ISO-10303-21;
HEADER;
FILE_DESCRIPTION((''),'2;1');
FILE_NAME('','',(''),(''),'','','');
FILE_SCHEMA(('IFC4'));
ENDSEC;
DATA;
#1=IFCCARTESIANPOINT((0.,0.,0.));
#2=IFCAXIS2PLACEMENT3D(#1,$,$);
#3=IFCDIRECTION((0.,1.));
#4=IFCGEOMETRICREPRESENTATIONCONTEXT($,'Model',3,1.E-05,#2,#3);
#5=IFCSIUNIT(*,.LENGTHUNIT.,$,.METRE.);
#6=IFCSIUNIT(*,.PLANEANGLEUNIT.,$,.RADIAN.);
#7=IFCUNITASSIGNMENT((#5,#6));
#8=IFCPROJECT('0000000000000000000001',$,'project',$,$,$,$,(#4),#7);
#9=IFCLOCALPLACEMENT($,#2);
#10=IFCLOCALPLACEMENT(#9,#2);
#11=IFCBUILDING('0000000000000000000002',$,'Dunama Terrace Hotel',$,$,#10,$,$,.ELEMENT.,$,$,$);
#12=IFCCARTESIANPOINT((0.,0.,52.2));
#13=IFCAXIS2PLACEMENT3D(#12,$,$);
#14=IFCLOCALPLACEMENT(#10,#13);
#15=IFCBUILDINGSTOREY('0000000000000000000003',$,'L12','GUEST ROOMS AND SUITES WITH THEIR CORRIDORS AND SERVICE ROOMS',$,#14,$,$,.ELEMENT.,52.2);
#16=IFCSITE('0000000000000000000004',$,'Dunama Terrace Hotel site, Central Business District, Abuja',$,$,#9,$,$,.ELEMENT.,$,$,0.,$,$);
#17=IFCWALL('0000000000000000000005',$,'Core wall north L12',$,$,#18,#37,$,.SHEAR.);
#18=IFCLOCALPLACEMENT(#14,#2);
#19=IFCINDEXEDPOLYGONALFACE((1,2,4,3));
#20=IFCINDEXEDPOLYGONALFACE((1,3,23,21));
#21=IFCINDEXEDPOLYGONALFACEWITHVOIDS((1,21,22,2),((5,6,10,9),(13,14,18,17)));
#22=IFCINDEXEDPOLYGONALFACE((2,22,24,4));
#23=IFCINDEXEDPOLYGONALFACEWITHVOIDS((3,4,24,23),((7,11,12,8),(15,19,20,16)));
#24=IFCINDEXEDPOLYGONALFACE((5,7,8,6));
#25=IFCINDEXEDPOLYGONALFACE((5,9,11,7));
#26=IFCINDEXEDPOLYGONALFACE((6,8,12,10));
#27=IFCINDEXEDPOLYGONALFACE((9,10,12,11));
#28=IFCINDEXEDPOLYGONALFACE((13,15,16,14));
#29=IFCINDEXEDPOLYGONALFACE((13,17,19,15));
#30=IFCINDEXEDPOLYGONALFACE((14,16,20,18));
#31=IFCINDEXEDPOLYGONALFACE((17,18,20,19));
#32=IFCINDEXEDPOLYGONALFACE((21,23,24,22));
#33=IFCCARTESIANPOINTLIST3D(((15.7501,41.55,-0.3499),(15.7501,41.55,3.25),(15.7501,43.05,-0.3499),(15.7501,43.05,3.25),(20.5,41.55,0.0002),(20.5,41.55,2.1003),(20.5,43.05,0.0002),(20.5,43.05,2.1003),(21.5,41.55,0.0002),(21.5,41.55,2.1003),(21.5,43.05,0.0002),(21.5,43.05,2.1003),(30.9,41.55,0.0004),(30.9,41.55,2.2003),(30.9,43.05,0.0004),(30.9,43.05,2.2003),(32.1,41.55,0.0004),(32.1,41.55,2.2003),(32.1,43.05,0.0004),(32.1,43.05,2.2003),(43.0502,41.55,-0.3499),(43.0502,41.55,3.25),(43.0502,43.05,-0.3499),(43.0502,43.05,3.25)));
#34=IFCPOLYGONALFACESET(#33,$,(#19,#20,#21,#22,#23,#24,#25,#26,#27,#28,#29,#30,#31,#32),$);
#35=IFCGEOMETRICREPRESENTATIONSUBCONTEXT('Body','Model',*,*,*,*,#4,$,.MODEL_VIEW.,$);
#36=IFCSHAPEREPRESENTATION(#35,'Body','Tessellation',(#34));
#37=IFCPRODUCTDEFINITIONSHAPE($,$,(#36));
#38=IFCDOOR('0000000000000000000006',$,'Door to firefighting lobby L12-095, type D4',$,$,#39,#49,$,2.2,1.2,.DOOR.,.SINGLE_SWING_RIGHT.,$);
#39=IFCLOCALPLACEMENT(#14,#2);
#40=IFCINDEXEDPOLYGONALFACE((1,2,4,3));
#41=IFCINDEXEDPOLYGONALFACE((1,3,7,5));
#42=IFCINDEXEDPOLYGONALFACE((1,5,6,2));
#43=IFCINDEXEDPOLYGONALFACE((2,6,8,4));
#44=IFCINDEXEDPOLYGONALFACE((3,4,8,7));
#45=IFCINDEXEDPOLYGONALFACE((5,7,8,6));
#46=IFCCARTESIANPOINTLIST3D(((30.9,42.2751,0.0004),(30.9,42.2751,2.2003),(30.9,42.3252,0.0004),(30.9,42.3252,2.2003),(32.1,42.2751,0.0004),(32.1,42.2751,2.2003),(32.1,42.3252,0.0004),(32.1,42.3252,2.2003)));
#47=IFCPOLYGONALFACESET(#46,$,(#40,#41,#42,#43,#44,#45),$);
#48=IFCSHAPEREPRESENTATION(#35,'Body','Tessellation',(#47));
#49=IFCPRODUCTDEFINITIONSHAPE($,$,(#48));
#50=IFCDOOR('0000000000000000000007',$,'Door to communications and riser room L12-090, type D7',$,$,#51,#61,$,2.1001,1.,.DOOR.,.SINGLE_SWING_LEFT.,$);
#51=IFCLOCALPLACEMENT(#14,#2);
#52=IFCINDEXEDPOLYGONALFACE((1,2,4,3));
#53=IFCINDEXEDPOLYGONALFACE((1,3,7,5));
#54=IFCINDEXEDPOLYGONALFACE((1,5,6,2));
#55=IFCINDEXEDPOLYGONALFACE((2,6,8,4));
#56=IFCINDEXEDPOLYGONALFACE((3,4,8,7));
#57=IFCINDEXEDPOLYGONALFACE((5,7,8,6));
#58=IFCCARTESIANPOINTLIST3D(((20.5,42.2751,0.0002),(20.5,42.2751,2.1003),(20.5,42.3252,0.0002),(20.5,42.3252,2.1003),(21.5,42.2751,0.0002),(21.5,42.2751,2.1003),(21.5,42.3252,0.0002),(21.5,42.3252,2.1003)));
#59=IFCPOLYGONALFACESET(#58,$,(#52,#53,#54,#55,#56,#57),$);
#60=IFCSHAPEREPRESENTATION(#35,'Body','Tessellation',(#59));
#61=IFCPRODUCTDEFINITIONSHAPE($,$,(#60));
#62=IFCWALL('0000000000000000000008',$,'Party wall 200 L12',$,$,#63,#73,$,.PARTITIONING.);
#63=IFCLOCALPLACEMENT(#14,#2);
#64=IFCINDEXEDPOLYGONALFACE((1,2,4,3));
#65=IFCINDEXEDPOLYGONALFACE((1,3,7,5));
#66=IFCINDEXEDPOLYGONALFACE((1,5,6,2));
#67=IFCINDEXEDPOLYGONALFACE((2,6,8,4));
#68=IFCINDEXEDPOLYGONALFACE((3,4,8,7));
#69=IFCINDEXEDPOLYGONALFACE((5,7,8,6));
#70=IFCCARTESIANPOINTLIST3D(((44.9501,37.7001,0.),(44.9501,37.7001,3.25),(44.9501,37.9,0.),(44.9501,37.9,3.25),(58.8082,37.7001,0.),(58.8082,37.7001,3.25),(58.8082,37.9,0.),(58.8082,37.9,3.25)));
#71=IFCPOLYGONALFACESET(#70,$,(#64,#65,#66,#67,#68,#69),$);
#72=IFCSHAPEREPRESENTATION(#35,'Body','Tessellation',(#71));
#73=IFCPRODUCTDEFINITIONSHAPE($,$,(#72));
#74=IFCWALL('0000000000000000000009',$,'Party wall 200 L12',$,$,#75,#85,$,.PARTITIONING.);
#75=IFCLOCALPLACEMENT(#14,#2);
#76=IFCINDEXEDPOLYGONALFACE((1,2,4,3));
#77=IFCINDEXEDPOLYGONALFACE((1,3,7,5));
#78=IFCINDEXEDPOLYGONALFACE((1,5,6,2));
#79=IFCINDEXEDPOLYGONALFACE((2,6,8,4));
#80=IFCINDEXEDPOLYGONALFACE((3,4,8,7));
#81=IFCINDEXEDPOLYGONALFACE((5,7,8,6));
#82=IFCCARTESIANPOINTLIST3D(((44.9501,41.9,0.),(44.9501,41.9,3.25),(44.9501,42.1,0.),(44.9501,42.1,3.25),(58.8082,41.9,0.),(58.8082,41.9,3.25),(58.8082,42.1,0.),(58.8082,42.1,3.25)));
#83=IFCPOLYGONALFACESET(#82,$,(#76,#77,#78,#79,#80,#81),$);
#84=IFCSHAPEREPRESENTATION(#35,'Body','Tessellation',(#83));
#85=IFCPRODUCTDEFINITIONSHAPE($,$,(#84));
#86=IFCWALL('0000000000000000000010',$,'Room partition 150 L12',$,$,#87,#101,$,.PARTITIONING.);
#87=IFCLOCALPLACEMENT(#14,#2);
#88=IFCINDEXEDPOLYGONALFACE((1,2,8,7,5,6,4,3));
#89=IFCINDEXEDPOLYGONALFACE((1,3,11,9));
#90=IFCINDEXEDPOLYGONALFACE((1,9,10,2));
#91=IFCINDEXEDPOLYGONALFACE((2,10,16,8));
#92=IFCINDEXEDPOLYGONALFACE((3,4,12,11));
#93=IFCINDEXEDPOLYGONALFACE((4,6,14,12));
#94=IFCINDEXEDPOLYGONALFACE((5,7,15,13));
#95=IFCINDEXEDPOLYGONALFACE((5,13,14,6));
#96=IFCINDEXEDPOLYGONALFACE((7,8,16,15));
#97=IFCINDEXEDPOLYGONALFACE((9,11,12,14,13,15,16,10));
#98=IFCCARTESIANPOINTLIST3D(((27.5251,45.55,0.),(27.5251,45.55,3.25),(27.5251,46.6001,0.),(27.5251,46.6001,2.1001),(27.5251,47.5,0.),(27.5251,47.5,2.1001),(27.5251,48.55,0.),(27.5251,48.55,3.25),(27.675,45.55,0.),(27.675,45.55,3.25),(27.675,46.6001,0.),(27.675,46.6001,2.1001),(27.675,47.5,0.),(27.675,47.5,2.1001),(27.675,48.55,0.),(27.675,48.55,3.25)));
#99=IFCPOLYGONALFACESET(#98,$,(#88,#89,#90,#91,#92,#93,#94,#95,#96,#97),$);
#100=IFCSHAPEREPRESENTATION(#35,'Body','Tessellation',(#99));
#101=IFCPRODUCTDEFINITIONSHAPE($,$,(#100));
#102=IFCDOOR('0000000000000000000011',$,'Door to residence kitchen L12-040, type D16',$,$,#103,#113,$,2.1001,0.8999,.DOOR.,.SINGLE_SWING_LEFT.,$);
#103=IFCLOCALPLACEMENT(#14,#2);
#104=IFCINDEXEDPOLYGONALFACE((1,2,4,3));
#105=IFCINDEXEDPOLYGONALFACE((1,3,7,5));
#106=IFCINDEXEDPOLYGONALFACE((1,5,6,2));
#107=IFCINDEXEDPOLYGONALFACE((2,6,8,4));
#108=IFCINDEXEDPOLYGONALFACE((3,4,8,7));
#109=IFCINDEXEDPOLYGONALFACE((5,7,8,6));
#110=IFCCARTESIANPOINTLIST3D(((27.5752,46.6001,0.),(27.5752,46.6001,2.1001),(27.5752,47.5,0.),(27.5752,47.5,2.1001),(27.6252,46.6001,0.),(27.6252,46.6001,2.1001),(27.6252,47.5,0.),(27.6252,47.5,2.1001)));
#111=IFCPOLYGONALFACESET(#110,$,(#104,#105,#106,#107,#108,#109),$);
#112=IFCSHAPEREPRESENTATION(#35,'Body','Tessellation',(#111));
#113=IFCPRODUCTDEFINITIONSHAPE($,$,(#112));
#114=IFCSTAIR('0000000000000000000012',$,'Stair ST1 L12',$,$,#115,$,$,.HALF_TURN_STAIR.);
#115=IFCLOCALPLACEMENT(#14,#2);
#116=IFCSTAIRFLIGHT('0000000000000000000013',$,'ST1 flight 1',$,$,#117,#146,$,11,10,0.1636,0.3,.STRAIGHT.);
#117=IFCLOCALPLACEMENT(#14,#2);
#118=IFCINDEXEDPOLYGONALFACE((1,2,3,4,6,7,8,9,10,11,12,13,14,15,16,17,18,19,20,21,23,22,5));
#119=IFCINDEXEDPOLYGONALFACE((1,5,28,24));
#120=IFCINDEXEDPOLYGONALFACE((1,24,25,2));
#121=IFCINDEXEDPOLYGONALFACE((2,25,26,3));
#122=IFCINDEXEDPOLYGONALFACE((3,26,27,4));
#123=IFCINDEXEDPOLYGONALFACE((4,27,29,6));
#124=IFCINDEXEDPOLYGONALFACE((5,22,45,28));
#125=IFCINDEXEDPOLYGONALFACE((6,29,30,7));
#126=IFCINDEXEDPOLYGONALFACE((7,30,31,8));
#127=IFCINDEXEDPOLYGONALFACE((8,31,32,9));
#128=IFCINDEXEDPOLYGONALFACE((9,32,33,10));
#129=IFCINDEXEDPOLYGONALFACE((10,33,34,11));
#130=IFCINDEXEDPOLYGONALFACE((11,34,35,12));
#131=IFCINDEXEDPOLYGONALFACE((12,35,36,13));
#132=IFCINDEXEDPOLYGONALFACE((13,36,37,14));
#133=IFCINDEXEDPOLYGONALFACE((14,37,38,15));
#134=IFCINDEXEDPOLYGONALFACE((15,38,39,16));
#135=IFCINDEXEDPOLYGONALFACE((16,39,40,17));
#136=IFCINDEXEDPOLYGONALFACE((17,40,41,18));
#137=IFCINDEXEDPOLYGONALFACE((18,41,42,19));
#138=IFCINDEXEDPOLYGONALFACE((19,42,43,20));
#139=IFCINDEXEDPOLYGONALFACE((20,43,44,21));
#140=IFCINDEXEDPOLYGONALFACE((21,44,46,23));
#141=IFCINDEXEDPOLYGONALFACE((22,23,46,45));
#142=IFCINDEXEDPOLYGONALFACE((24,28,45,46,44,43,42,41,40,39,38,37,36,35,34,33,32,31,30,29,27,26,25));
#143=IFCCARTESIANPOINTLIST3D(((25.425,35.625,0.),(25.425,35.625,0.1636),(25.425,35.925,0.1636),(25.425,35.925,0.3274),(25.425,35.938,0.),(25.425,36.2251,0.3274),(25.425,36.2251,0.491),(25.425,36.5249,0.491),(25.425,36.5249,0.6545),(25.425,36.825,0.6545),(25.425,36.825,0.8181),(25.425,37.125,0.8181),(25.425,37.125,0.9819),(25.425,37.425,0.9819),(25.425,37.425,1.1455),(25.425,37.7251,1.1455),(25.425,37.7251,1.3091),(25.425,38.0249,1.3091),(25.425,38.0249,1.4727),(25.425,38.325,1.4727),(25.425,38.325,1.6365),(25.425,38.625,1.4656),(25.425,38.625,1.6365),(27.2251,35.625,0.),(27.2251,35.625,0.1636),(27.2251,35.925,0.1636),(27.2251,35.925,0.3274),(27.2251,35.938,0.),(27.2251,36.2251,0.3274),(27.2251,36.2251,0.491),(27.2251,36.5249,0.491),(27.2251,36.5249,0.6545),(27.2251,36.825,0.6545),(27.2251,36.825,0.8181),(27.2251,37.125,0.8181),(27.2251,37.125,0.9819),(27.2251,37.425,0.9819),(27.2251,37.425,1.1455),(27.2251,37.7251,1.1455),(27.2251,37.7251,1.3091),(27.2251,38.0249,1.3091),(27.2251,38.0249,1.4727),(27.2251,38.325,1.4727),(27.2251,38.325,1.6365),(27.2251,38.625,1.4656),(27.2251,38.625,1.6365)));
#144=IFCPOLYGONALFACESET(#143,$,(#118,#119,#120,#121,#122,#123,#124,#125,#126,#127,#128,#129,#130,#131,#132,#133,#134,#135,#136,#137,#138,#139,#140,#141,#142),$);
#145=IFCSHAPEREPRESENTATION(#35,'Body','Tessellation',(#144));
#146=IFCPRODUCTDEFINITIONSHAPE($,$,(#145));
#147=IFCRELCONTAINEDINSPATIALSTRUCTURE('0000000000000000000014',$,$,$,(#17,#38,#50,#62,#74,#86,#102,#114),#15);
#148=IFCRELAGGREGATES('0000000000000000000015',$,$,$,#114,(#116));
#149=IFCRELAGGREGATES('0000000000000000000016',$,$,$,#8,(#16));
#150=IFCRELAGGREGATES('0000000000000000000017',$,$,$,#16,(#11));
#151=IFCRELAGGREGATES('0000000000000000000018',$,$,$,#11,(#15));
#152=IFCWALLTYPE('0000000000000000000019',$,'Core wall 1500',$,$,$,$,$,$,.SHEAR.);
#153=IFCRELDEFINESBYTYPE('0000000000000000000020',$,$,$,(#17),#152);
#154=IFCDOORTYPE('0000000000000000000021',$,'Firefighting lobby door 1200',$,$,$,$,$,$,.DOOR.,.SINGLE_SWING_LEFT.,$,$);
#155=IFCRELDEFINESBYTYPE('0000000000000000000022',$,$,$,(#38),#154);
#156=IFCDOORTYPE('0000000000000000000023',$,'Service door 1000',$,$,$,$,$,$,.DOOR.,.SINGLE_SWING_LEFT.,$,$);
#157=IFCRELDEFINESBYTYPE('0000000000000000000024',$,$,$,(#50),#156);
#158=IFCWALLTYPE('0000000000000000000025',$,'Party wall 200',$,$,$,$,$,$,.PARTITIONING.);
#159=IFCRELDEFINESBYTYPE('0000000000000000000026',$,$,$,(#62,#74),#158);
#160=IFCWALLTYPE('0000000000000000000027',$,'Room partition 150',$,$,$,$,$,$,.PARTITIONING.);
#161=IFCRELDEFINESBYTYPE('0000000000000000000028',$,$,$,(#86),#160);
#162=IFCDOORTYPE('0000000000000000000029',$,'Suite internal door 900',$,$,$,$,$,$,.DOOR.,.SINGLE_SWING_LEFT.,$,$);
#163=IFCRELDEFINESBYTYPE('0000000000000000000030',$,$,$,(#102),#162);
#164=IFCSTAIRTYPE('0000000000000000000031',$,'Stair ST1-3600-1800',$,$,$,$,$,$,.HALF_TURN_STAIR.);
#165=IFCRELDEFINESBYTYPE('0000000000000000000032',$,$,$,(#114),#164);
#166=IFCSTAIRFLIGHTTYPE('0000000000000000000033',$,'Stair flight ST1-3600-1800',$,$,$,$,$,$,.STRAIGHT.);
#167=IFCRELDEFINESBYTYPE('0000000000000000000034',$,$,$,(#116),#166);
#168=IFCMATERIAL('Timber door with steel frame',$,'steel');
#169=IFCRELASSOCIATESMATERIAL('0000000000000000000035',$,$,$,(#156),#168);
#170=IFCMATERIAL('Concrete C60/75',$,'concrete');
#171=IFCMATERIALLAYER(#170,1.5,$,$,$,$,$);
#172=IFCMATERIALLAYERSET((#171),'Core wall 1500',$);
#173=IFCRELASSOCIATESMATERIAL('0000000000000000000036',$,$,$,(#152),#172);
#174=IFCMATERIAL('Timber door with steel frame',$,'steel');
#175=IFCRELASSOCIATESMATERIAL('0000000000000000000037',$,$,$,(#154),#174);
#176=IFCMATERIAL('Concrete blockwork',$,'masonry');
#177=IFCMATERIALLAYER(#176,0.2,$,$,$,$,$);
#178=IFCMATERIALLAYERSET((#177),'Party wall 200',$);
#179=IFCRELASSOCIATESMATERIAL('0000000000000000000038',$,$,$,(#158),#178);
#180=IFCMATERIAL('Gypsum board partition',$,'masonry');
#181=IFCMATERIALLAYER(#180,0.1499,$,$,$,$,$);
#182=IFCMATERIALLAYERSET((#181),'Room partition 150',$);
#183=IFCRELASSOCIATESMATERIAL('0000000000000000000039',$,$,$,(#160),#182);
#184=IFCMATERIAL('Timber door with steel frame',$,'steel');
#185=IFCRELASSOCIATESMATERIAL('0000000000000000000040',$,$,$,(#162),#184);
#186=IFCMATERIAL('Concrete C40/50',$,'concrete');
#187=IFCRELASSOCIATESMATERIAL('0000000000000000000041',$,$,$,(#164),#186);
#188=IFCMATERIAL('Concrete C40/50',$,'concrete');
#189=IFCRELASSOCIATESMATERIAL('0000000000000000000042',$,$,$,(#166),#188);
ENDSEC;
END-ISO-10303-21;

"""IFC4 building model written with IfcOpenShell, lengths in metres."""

from ifc_helpers import new_model, si_unit, direction, frame, frame_2d, origin, place, context, subcontext, project, spatial, polyline, rectangle, outline, extrude, material, layer, layer_set, type_object, element, fill, aggregate, save


model = new_model("IFC4")

# Units and contexts
model_context = context("Model", 3, precision=1e-05, world=origin(), true_north=direction((0.0, 1.0)))
body_context = subcontext(model_context, "Body", "Model", "MODEL_VIEW")
ifc_project = project(units=[si_unit("LENGTHUNIT", "METRE"), si_unit("PLANEANGLEUNIT", "RADIAN")], contexts=[model_context])

# Site, building, storey
site_placement = place(None, origin())
site = spatial("IfcSite", under=ifc_project, at=site_placement, Name="Dunama Terrace Hotel site, Central Business District, Abuja", CompositionType="ELEMENT", RefElevation=0.0)
building_placement = place(site_placement, origin())
building = spatial("IfcBuilding", under=site, at=building_placement, Name="Dunama Terrace Hotel", CompositionType="ELEMENT")
storey_placement = place(building_placement, frame((0.0, 0.0, 52.2)))
storey = spatial("IfcBuildingStorey", under=building, at=storey_placement, Name="L12", Description="GUEST ROOMS AND SUITES WITH THEIR CORRIDORS AND SERVICE ROOMS", CompositionType="ELEMENT", Elevation=52.2)

# Shared definitions
ifc_material_1 = material(Name="Timber door with steel frame", Category="steel")
door_type_1 = type_object("IfcDoorType", Name="Service door 1000", OperationType="SINGLE_SWING_LEFT", PredefinedType="DOOR", material=ifc_material_1)

# Wall, openings, doors
ifc_material_2 = material(Name="Concrete C60/75", Category="concrete")
ifc_layer_1 = layer(ifc_material_2, 1.5)
ifc_layer_set_1 = layer_set([ifc_layer_1], Name="Core wall 1500")
wall_type_1 = type_object("IfcWallType", Name="Core wall 1500", PredefinedType="SHEAR", material=ifc_layer_set_1)
wall_1_placement = place(storey_placement, frame((43.05, 42.3, -0.3499), z_axis=(0.0, 0.0, 1.0), x_axis=(-1.0, 0.0, 0.0)))
wall_1 = element("IfcWall", 1, at=wall_1_placement, inside=storey, type_object=wall_type_1, Name="Core wall north L12", PredefinedType="SHEAR", context=body_context, shape_type="SweptSolid", body=[
    extrude(rectangle(XDim=27.3, YDim=1.5, at=frame_2d((13.6499, 0.0))), origin(), (0.0, 0.0, 1.0), 3.5999),
])
opening_1_placement = place(wall_1_placement, frame((21.55, 0.0, 0.3501)))
opening_1 = element("IfcOpeningElement", 2, at=opening_1_placement, cuts=wall_1, PredefinedType="OPENING", context=body_context, shape_type="SweptSolid", body=[
    extrude(rectangle(XDim=1.0, YDim=2.1001, at=frame_2d((0.5, 1.05))), frame((0.0, 0.76, 0.0), z_axis=(0.0, -1.0, 0.0), x_axis=(1.0, 0.0, 0.0)), (0.0, 0.0, 1.0), 1.52),
])
opening_2_placement = place(wall_1_placement, frame((10.95, 0.0, 0.3501)))
opening_2 = element("IfcOpeningElement", 3, at=opening_2_placement, cuts=wall_1, PredefinedType="OPENING", context=body_context, shape_type="SweptSolid", body=[
    extrude(rectangle(XDim=1.2, YDim=2.2, at=frame_2d((0.6001, 1.1001))), frame((0.0, 0.76, 0.0), z_axis=(0.0, -1.0, 0.0), x_axis=(1.0, 0.0, 0.0)), (0.0, 0.0, 1.0), 1.52),
])
ifc_material_3 = material(Name="Timber door with steel frame", Category="steel")
door_type_2 = type_object("IfcDoorType", Name="Firefighting lobby door 1200", OperationType="SINGLE_SWING_LEFT", PredefinedType="DOOR", material=ifc_material_3)
door_1_placement = place(opening_2_placement, origin())
door_1 = element("IfcDoor", 4, at=door_1_placement, inside=storey, type_object=door_type_2, Name="Door to firefighting lobby L12-095, type D4", OperationType="SINGLE_SWING_RIGHT", OverallHeight=2.2, OverallWidth=1.2, PredefinedType="DOOR", context=body_context, shape_type="SweptSolid", body=[
    extrude(rectangle(XDim=1.2, YDim=2.2, at=frame_2d((0.6001, 1.1001))), frame((0.0, 0.0249, 0.0), z_axis=(0.0, -1.0, 0.0), x_axis=(1.0, 0.0, 0.0)), (0.0, 0.0, 1.0), 0.05),
])
fill(opening_2, door_1)
door_2_placement = place(opening_1_placement, origin())
door_2 = element("IfcDoor", 5, at=door_2_placement, inside=storey, type_object=door_type_1, Name="Door to communications and riser room L12-090, type D7", OperationType="SINGLE_SWING_LEFT", OverallHeight=2.1001, OverallWidth=1.0, PredefinedType="DOOR", context=body_context, shape_type="SweptSolid", body=[
    extrude(rectangle(XDim=1.0, YDim=2.1001, at=frame_2d((0.5, 1.05))), frame((0.0, 0.0249, 0.0), z_axis=(0.0, -1.0, 0.0), x_axis=(1.0, 0.0, 0.0)), (0.0, 0.0, 1.0), 0.05),
])
fill(opening_1, door_2)

# Walls
ifc_material_4 = material(Name="Concrete blockwork", Category="masonry")
ifc_layer_2 = layer(ifc_material_4, 0.2)
ifc_layer_set_2 = layer_set([ifc_layer_2], Name="Party wall 200")
wall_type_2 = type_object("IfcWallType", Name="Party wall 200", PredefinedType="PARTITIONING", material=ifc_layer_set_2)
for number, where, z_axis, x_axis, name in (
    (6, (44.95, 37.8, 0.0), (0.0, 0.0, 1.0), (1.0, 0.0, 0.0), "Party wall 200 L12"),
    (7, (44.95, 42.0, 0.0), (0.0, 0.0, 1.0), (1.0, 0.0, 0.0), "Party wall 200 L12"),
):
    element("IfcWall", number, at=place(storey_placement, frame(where, z_axis=z_axis, x_axis=x_axis)), inside=storey, type_object=wall_type_2, Name=name, PredefinedType="PARTITIONING", context=body_context, shape_type="SweptSolid", body=[
        extrude(rectangle(XDim=13.8582, YDim=0.2, at=frame_2d((6.9292, 0.0))), origin(), (0.0, 0.0, 1.0), 3.25),
    ])

# Wall, opening, door
ifc_material_5 = material(Name="Gypsum board partition", Category="masonry")
ifc_layer_3 = layer(ifc_material_5, 0.1499)
ifc_layer_set_3 = layer_set([ifc_layer_3], Name="Room partition 150")
wall_type_3 = type_object("IfcWallType", Name="Room partition 150", PredefinedType="PARTITIONING", material=ifc_layer_set_3)
wall_2_placement = place(storey_placement, frame((27.6001, 45.55, 0.0), z_axis=(0.0, 0.0, 1.0), x_axis=(0.0, 1.0, 0.0)))
wall_2 = element("IfcWall", 8, at=wall_2_placement, inside=storey, type_object=wall_type_3, Name="Room partition 150 L12", PredefinedType="PARTITIONING", context=body_context, shape_type="SweptSolid", body=[
    extrude(rectangle(XDim=3.0, YDim=0.1499, at=frame_2d((1.5, 0.0))), origin(), (0.0, 0.0, 1.0), 3.25),
])
opening_3_placement = place(wall_2_placement, frame((1.05, 0.0, 0.0)))
opening_3 = element("IfcOpeningElement", 9, at=opening_3_placement, cuts=wall_2, PredefinedType="OPENING", context=body_context, shape_type="SweptSolid", body=[
    extrude(rectangle(XDim=0.8999, YDim=2.1001, at=frame_2d((0.45, 1.05))), frame((0.0, 0.085, 0.0), z_axis=(0.0, -1.0, 0.0), x_axis=(1.0, 0.0, 0.0)), (0.0, 0.0, 1.0), 0.1699),
])
ifc_material_6 = material(Name="Timber door with steel frame", Category="steel")
door_type_3 = type_object("IfcDoorType", Name="Suite internal door 900", OperationType="SINGLE_SWING_LEFT", PredefinedType="DOOR", material=ifc_material_6)
door_3_placement = place(opening_3_placement, origin())
door_3 = element("IfcDoor", 10, at=door_3_placement, inside=storey, type_object=door_type_3, Name="Door to residence kitchen L12-040, type D16", OperationType="SINGLE_SWING_LEFT", OverallHeight=2.1001, OverallWidth=0.8999, PredefinedType="DOOR", context=body_context, shape_type="SweptSolid", body=[
    extrude(rectangle(XDim=0.8999, YDim=2.1001, at=frame_2d((0.45, 1.05))), frame((0.0, 0.0249, 0.0), z_axis=(0.0, -1.0, 0.0), x_axis=(1.0, 0.0, 0.0)), (0.0, 0.0, 1.0), 0.05),
])
fill(opening_3, door_3)

# Stair, stair flight
ifc_material_7 = material(Name="Concrete C40/50", Category="concrete")
stair_type = type_object("IfcStairType", Name="Stair ST1-3600-1800", PredefinedType="HALF_TURN_STAIR", material=ifc_material_7)
stair_placement = place(storey_placement, origin())
stair = element("IfcStair", 11, at=stair_placement, inside=storey, type_object=stair_type, Name="Stair ST1 L12", PredefinedType="HALF_TURN_STAIR")
ifc_material_8 = material(Name="Concrete C40/50", Category="concrete")
stair_flight_type = type_object("IfcStairFlightType", Name="Stair flight ST1-3600-1800", PredefinedType="STRAIGHT", material=ifc_material_8)
stair_flight_1_placement = place(storey_placement, frame((26.325, 35.625, 0.0), z_axis=(0.0, 0.0, 1.0), x_axis=(0.0, 1.0, 0.0)))
stair_flight_1 = element("IfcStairFlight", 12, at=stair_flight_1_placement, type_object=stair_flight_type, Name="ST1 flight 1", NumberOfRisers=11, NumberOfTreads=10, PredefinedType="STRAIGHT", RiserHeight=0.1636, TreadLength=0.3, context=body_context, shape_type="SweptSolid", body=[
    extrude(outline(polyline([(0.0, 0.0), (0.0, 0.1636), (0.3, 0.1636), (0.3, 0.3274), (0.6001, 0.3274), (0.6001, 0.491), (0.8999, 0.491), (0.8999, 0.6545), (1.2, 0.6545), (1.2, 0.8181), (1.5, 0.8181), (1.5, 0.9819), (1.8, 0.9819), (1.8, 1.1455), (2.1001, 1.1455), (2.1001, 1.3091), (2.3999, 1.3091), (2.3999, 1.4727), (2.7, 1.4727), (2.7, 1.6365), (3.0, 1.6365), (3.0, 1.8), (3.0, 1.4656), (0.313, 0.0), (0.0, 0.0)])), frame((0.0, 0.8999, 0.0), z_axis=(0.0, -1.0, 0.0), x_axis=(1.0, 0.0, 0.0)), (0.0, 0.0, 1.0), 1.8),
])
aggregate(stair, [stair_flight_1])

save(model, "model.ifc")
